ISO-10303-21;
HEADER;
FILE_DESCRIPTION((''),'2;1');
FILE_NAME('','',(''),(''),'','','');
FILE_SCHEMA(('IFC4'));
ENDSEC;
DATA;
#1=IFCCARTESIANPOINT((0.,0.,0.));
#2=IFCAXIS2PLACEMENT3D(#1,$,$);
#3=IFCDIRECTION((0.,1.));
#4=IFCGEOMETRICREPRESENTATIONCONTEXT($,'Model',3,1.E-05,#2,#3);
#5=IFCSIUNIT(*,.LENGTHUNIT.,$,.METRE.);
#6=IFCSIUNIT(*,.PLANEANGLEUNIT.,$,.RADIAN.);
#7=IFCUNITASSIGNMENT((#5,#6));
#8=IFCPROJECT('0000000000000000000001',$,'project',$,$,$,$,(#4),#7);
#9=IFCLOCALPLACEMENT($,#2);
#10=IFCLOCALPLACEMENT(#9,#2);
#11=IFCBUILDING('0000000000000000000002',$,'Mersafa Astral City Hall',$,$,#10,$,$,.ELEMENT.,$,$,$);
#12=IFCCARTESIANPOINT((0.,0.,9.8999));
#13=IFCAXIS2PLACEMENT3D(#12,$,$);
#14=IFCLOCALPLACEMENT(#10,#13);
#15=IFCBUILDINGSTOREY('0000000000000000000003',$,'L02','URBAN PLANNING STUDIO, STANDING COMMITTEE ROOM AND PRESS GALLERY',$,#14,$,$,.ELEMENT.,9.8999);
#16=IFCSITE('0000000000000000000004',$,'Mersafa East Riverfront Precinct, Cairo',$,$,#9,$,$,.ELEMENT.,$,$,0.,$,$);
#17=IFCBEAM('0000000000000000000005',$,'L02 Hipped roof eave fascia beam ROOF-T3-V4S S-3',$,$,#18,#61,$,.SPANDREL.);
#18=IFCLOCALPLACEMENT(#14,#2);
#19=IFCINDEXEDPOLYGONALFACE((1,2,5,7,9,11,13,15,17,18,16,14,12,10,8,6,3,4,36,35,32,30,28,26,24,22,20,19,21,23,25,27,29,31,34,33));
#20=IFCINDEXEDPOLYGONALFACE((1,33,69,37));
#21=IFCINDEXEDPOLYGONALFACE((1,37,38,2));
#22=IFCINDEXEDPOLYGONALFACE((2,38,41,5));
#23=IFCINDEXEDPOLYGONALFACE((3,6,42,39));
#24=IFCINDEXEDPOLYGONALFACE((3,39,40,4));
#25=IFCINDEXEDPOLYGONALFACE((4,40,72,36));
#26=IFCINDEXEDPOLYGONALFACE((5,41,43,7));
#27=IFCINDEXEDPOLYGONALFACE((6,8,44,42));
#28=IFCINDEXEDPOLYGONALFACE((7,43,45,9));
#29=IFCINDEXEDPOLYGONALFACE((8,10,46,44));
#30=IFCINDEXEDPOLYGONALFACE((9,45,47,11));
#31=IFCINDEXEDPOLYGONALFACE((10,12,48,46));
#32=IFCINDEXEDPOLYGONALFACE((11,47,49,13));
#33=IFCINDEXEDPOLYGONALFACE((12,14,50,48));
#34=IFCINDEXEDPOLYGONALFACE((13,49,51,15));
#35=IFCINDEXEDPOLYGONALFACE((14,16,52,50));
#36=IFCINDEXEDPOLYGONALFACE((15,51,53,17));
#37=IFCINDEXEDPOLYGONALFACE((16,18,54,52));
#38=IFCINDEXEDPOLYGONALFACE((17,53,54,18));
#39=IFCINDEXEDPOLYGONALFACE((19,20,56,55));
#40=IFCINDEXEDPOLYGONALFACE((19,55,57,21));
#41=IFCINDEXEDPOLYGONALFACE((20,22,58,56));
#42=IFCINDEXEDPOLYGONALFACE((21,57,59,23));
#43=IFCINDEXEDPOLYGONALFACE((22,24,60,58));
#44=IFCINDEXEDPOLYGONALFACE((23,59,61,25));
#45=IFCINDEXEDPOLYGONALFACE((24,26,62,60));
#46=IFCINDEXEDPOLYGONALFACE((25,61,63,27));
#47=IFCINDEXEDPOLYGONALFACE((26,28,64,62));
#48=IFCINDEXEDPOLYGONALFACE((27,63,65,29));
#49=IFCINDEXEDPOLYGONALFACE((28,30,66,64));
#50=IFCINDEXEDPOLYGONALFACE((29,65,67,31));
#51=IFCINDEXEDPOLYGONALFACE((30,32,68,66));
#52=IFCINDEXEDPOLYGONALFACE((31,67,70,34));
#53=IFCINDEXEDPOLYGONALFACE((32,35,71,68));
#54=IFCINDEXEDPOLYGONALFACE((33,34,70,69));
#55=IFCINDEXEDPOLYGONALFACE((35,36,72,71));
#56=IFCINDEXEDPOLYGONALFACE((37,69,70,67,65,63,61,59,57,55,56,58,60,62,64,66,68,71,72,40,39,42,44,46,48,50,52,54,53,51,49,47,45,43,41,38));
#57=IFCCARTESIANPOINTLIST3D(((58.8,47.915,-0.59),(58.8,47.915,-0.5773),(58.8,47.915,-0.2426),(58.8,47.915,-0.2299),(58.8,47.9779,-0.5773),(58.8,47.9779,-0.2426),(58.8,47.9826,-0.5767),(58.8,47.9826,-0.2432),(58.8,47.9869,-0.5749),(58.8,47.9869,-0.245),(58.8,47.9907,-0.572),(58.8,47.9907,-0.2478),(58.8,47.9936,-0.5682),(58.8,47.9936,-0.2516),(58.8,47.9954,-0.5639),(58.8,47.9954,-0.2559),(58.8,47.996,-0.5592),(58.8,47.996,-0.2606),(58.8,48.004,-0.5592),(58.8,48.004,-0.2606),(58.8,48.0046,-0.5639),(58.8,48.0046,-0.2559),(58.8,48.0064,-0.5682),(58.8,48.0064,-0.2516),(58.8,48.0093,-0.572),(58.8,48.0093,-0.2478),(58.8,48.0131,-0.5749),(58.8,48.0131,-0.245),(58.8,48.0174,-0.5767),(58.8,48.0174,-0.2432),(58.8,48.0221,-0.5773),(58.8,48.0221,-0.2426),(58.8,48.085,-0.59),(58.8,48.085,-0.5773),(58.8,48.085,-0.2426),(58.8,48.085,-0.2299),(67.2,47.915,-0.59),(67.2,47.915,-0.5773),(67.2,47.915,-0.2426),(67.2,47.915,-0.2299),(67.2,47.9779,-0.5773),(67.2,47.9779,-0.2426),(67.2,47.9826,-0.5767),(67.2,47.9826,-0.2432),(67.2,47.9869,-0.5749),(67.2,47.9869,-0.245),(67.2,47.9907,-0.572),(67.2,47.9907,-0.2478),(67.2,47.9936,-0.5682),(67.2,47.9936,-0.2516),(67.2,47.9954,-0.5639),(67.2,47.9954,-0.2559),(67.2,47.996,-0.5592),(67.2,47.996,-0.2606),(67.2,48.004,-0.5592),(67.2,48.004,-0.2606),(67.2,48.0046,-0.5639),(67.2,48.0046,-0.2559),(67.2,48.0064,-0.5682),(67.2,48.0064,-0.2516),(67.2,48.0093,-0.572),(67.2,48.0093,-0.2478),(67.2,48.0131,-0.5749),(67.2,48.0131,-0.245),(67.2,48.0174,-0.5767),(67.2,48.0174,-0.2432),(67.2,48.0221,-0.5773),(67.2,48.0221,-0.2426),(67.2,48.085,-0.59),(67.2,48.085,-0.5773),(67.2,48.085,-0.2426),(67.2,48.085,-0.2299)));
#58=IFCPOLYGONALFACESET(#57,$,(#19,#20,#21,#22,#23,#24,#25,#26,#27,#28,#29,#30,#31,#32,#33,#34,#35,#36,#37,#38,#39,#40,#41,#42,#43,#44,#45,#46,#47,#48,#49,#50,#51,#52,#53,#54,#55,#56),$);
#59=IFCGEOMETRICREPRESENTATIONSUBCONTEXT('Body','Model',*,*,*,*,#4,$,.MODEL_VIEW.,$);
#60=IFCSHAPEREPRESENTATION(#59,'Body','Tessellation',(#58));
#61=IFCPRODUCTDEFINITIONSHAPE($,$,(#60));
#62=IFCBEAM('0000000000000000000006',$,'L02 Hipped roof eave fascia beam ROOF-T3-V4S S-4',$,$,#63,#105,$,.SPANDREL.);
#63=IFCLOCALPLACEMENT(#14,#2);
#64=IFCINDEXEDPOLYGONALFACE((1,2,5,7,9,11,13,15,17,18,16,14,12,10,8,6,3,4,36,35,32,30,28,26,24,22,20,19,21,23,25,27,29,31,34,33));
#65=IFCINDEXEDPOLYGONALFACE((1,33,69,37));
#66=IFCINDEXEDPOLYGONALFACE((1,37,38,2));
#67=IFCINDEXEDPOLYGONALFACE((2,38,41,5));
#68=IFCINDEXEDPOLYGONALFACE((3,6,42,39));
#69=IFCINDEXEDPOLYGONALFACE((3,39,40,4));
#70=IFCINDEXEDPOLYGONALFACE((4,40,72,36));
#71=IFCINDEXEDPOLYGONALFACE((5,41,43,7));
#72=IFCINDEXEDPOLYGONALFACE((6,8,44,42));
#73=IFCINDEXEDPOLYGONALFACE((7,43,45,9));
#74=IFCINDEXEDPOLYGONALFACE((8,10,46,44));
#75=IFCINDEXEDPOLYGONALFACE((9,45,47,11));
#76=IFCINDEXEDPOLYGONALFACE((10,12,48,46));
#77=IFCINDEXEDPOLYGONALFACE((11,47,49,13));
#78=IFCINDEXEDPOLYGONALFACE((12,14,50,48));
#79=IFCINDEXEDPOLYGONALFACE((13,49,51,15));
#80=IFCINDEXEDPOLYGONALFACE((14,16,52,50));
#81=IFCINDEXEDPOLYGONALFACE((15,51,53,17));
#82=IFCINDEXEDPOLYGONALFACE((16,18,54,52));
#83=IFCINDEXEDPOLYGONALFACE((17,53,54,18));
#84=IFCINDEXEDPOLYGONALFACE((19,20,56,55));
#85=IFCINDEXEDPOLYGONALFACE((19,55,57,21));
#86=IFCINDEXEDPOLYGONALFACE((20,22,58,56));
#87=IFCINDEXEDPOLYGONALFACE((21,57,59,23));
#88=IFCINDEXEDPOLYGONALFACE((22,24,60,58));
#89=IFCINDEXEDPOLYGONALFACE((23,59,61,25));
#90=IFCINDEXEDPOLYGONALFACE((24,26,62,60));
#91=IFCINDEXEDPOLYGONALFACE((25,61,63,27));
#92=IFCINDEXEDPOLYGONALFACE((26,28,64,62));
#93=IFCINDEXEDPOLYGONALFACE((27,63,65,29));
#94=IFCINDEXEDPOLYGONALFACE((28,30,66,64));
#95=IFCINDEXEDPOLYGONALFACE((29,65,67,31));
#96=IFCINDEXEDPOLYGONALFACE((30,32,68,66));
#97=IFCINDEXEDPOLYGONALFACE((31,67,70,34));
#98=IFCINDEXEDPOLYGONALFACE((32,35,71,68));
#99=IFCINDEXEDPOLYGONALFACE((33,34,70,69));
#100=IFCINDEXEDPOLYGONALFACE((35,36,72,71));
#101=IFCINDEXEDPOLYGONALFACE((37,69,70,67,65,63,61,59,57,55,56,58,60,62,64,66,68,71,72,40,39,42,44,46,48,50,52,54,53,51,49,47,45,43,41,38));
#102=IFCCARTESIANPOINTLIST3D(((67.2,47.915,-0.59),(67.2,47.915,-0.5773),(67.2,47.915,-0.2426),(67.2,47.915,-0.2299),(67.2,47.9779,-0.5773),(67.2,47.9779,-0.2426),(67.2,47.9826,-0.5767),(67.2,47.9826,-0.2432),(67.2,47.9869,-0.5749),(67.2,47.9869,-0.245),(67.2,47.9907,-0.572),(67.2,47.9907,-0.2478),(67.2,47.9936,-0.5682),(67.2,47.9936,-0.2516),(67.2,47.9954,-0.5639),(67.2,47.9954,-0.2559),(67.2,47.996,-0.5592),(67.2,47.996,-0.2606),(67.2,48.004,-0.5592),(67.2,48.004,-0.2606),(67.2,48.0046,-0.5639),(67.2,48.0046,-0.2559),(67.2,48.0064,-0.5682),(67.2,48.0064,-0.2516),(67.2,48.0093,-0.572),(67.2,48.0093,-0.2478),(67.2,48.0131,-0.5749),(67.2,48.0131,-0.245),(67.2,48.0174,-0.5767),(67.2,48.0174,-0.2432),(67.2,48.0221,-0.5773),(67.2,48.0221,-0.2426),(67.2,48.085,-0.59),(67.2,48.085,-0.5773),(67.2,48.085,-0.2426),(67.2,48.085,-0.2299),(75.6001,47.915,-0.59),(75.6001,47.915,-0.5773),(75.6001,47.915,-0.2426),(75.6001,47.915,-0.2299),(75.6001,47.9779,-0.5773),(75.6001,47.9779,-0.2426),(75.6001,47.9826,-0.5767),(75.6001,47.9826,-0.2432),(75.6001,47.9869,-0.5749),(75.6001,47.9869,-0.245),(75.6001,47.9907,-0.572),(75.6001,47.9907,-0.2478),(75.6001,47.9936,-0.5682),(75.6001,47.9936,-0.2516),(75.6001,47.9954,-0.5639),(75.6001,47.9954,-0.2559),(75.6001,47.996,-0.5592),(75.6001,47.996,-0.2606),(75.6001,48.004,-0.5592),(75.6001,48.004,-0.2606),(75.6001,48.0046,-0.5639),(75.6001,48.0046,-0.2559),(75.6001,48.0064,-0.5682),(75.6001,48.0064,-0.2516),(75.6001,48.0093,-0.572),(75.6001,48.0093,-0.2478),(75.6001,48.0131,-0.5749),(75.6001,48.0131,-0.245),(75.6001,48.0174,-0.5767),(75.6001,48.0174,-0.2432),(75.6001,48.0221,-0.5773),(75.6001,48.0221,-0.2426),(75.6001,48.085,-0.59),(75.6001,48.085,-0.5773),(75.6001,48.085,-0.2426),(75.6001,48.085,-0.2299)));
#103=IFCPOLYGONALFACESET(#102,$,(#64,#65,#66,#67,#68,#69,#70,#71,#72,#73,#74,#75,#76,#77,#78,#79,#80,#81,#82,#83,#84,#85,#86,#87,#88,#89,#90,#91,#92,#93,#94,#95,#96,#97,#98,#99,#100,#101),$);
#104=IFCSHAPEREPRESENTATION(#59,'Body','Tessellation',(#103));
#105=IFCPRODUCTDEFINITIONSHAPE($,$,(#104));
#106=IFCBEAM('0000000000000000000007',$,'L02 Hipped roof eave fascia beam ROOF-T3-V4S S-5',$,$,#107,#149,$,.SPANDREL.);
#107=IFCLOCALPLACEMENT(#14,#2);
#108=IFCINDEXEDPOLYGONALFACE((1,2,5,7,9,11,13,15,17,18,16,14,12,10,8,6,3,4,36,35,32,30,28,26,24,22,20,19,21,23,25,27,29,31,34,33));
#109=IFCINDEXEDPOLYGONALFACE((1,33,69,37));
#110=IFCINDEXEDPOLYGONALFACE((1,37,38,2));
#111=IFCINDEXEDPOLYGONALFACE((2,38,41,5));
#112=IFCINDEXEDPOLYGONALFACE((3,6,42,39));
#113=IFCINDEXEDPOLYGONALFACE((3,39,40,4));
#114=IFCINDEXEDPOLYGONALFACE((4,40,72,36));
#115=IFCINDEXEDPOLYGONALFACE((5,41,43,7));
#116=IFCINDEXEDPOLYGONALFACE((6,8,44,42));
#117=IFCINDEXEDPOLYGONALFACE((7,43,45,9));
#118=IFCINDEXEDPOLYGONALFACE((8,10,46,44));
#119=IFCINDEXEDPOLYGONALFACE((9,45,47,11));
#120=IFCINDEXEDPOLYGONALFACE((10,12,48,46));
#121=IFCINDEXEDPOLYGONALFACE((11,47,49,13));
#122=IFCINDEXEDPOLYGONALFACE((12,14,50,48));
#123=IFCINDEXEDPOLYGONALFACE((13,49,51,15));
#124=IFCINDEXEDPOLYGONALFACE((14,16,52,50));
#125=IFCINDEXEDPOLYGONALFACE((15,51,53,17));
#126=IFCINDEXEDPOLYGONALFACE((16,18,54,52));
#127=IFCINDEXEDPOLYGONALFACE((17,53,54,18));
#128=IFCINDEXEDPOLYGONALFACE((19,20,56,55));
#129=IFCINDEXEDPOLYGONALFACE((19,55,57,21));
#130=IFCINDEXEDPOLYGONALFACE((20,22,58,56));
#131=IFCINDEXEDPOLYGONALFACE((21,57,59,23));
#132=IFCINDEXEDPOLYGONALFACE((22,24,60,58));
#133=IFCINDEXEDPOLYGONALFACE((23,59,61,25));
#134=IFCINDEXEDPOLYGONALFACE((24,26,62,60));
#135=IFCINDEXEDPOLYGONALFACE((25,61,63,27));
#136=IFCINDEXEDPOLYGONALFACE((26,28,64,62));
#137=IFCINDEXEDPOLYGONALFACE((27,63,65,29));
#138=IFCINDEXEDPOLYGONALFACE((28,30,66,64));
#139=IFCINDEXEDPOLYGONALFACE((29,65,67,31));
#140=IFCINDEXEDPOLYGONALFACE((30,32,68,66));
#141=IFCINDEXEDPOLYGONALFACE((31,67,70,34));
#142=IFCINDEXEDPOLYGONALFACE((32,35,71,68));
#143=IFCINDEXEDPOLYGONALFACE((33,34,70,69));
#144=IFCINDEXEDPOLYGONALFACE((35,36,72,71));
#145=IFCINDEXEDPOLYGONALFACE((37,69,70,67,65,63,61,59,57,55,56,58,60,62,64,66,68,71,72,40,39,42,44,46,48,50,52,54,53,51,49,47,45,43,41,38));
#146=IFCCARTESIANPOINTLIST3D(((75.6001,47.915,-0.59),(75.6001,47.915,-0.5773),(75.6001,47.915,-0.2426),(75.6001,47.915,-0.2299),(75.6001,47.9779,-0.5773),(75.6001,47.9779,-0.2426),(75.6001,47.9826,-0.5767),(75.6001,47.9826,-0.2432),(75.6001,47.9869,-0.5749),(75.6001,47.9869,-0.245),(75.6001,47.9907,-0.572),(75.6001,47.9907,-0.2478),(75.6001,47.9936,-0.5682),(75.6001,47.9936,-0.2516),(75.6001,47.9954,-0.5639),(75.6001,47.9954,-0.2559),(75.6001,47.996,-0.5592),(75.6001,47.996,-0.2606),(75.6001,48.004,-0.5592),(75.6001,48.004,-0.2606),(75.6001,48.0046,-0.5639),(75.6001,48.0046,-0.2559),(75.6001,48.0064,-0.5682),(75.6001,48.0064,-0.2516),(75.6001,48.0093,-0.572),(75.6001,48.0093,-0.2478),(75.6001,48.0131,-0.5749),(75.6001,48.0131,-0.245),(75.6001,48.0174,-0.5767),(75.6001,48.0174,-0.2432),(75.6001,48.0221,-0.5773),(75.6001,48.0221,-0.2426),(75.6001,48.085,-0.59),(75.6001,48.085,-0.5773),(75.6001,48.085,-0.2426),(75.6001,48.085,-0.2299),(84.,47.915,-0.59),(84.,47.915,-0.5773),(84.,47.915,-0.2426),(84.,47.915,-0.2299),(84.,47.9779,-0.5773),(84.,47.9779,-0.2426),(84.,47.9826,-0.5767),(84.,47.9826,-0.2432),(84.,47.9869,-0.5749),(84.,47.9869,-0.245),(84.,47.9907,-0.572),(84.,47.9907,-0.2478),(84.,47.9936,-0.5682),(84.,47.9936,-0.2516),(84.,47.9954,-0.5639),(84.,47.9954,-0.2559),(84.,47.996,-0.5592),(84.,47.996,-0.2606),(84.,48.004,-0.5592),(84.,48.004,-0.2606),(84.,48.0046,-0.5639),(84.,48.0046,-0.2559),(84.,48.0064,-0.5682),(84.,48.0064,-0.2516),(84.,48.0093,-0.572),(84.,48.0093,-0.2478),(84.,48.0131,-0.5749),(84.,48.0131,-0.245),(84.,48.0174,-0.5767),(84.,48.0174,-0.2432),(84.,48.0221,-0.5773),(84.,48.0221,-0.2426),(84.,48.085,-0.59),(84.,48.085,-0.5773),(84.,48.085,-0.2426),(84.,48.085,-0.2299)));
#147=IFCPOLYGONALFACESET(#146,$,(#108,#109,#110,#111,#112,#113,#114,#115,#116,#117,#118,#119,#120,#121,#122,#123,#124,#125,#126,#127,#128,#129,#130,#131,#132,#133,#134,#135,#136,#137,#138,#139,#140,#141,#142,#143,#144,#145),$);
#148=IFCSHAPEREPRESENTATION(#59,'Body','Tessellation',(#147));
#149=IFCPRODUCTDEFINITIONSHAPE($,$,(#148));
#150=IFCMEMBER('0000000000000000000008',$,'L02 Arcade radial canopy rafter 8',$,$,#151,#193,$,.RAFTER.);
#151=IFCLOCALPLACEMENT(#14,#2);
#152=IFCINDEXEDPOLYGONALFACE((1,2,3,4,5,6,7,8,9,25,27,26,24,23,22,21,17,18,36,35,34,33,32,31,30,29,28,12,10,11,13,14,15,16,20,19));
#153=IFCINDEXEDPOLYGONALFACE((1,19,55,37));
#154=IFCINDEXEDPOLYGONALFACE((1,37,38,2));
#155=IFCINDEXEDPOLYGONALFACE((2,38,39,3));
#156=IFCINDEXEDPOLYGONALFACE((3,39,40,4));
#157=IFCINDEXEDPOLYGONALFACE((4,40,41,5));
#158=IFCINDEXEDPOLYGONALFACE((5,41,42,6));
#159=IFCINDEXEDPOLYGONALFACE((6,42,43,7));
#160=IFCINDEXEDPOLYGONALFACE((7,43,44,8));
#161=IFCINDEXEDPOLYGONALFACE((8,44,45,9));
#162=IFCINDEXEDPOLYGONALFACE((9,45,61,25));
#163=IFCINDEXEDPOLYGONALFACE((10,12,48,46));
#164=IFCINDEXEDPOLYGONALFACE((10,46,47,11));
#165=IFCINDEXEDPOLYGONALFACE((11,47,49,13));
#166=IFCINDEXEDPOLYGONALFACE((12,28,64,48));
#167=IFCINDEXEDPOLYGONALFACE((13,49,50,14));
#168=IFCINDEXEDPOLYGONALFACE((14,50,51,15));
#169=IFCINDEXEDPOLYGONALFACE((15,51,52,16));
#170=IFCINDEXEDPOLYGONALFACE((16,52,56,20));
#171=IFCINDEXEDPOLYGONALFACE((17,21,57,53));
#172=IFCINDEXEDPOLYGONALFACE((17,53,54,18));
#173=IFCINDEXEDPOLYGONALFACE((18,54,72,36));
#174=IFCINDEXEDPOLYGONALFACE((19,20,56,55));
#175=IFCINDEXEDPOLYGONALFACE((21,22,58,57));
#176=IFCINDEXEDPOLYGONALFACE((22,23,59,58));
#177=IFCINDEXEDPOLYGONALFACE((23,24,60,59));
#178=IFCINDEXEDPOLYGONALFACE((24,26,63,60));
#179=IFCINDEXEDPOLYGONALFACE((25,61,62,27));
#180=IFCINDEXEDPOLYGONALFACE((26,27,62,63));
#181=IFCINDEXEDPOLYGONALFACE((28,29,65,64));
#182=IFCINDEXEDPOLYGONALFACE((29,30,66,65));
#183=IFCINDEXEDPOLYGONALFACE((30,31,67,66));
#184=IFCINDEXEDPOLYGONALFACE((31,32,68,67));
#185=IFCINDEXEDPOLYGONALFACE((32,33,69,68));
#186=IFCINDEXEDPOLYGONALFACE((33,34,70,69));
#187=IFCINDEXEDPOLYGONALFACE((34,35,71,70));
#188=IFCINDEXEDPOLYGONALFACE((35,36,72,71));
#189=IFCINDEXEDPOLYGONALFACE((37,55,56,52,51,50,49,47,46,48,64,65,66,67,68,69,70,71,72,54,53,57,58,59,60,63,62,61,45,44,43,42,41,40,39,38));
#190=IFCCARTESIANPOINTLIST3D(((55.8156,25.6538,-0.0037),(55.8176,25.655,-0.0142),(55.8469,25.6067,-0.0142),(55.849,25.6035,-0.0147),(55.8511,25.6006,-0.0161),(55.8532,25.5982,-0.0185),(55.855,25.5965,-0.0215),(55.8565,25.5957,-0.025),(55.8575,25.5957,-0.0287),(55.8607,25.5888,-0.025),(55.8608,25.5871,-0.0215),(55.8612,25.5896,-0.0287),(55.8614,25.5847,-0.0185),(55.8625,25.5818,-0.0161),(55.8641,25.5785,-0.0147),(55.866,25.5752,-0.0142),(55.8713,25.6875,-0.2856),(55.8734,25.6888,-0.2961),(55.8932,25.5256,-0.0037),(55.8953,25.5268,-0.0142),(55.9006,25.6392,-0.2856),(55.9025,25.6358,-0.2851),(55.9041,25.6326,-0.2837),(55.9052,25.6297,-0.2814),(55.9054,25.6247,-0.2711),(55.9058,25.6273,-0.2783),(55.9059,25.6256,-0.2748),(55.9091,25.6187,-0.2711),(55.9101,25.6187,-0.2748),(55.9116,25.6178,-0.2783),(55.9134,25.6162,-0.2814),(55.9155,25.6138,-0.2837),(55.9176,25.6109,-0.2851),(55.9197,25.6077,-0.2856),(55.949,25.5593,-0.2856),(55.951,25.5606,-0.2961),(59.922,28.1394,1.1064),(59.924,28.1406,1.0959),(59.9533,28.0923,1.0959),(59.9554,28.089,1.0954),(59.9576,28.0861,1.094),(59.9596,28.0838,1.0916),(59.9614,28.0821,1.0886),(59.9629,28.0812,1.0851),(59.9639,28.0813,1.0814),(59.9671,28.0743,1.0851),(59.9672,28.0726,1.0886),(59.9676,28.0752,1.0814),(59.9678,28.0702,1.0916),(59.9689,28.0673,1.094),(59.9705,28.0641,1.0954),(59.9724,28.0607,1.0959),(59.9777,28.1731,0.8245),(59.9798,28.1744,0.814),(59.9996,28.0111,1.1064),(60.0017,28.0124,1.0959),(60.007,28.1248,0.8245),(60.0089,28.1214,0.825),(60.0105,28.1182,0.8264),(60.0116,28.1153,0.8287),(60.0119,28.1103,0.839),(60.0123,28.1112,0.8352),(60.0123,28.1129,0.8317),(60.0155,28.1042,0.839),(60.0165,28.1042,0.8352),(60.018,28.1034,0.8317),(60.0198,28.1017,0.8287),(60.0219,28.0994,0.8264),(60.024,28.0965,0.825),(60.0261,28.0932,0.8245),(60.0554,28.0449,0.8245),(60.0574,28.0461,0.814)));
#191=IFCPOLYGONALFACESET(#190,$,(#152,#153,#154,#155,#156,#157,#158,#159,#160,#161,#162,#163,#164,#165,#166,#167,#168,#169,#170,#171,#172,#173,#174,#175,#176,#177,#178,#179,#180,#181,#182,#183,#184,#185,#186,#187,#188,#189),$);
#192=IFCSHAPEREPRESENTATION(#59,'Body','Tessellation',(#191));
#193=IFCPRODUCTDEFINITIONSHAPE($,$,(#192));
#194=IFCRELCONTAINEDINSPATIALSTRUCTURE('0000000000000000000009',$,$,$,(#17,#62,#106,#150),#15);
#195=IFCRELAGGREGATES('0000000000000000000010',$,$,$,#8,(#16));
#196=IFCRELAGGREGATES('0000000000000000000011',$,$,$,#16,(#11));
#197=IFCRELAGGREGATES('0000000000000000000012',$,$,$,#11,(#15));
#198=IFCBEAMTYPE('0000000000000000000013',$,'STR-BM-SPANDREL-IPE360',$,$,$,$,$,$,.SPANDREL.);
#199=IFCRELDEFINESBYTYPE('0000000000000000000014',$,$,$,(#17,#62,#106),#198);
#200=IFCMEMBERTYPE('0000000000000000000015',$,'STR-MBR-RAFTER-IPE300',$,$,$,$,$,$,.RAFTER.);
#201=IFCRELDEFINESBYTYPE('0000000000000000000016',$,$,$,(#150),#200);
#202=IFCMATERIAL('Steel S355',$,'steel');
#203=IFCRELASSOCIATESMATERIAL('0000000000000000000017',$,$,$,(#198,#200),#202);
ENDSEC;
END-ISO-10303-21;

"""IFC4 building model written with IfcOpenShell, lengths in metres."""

from ifc_helpers import new_model, si_unit, direction, frame, origin, origin_2d, place, context, subcontext, project, spatial, i_section, extrude, material, material_profile, profile_set, type_object, element, save


model = new_model("IFC4")

# Units and contexts
model_context = context("Model", 3, precision=1e-05, world=origin(), true_north=direction((0.0, 1.0)))
body_context = subcontext(model_context, "Body", "Model", "MODEL_VIEW")
ifc_project = project(units=[si_unit("LENGTHUNIT", "METRE"), si_unit("PLANEANGLEUNIT", "RADIAN")], contexts=[model_context])

# Site, building, storey
site_placement = place(None, origin())
site = spatial("IfcSite", under=ifc_project, at=site_placement, Name="Mersafa East Riverfront Precinct, Cairo", CompositionType="ELEMENT", RefElevation=0.0)
building_placement = place(site_placement, origin())
building = spatial("IfcBuilding", under=site, at=building_placement, Name="Mersafa Astral City Hall", CompositionType="ELEMENT")
storey_placement = place(building_placement, frame((0.0, 0.0, 9.8999)))
storey = spatial("IfcBuildingStorey", under=building, at=storey_placement, Name="L02", Description="URBAN PLANNING STUDIO, STANDING COMMITTEE ROOM AND PRESS GALLERY", CompositionType="ELEMENT", Elevation=9.8999)

# Shared definitions
ifc_material_1 = material(Name="Steel S355", Category="steel")

# Beams
ifc_material_profile_1 = material_profile(ifc_material_1, i_section(OverallWidth=0.1699, OverallDepth=0.3601, WebThickness=0.0081, FlangeThickness=0.0127, FilletRadius=0.0181, at=origin_2d()), Name="IPE 360")
ifc_profile_set_1 = profile_set([ifc_material_profile_1], Name="Steel S355")
beam_type_1 = type_object("IfcBeamType", Name="STR-BM-SPANDREL-IPE360", PredefinedType="SPANDREL", material=ifc_profile_set_1)
beam_1_placement = place(storey_placement, frame((58.8, 48.0, -0.4099), z_axis=(1.0, 0.0, 0.0), x_axis=(0.0, 1.0, 0.0)))
element("IfcBeam", 1, at=beam_1_placement, inside=storey, type_object=beam_type_1, Name="L02 Hipped roof eave fascia beam ROOF-T3-V4S S-3", PredefinedType="SPANDREL", context=body_context, shape_type="SweptSolid", body=[
    extrude(i_section(OverallWidth=0.1699, OverallDepth=0.3601, WebThickness=0.0081, FlangeThickness=0.0127, FilletRadius=0.0181, at=origin_2d()), origin(), (0.0, 0.0, 1.0), 8.3999),
])
beam_2_placement = place(storey_placement, frame((67.2, 48.0, -0.4099), z_axis=(1.0, 0.0, 0.0), x_axis=(0.0, 1.0, 0.0)))
element("IfcBeam", 2, at=beam_2_placement, inside=storey, type_object=beam_type_1, Name="L02 Hipped roof eave fascia beam ROOF-T3-V4S S-4", PredefinedType="SPANDREL", context=body_context, shape_type="SweptSolid", body=[
    extrude(i_section(OverallWidth=0.1699, OverallDepth=0.3601, WebThickness=0.0081, FlangeThickness=0.0127, FilletRadius=0.0181, at=origin_2d()), origin(), (0.0, 0.0, 1.0), 8.4001),
])
beam_3_placement = place(storey_placement, frame((75.6001, 48.0, -0.4099), z_axis=(1.0, 0.0, 0.0), x_axis=(0.0, 1.0, 0.0)))
element("IfcBeam", 3, at=beam_3_placement, inside=storey, type_object=beam_type_1, Name="L02 Hipped roof eave fascia beam ROOF-T3-V4S S-5", PredefinedType="SPANDREL", context=body_context, shape_type="SweptSolid", body=[
    extrude(i_section(OverallWidth=0.1699, OverallDepth=0.3601, WebThickness=0.0081, FlangeThickness=0.0127, FilletRadius=0.0181, at=origin_2d()), origin(), (0.0, 0.0, 1.0), 8.3999),
])

# Member
ifc_material_profile_2 = material_profile(ifc_material_1, i_section(OverallWidth=0.1499, OverallDepth=0.3, WebThickness=0.0071, FlangeThickness=0.0107, FilletRadius=0.0149, at=origin_2d()), Name="IPE 300")
ifc_profile_set_2 = profile_set([ifc_material_profile_2], Name="Steel S355")
member_type = type_object("IfcMemberType", Name="STR-MBR-RAFTER-IPE300", PredefinedType="RAFTER", material=ifc_profile_set_2)
member_placement = place(storey_placement, frame((55.8833, 25.6072, -0.1499), z_axis=(0.83349, 0.504504, 0.22532), x_axis=(-0.51782, 0.855489, 0.0)))
element("IfcMember", 4, at=member_placement, inside=storey, type_object=member_type, Name="L02 Arcade radial canopy rafter 8", PredefinedType="RAFTER", context=body_context, shape_type="SweptSolid", body=[
    extrude(i_section(OverallWidth=0.1499, OverallDepth=0.3, WebThickness=0.0071, FlangeThickness=0.0107, FilletRadius=0.0149, at=origin_2d()), origin(), (0.0, 0.0, 1.0), 4.9268),
])

save(model, "model.ifc")
